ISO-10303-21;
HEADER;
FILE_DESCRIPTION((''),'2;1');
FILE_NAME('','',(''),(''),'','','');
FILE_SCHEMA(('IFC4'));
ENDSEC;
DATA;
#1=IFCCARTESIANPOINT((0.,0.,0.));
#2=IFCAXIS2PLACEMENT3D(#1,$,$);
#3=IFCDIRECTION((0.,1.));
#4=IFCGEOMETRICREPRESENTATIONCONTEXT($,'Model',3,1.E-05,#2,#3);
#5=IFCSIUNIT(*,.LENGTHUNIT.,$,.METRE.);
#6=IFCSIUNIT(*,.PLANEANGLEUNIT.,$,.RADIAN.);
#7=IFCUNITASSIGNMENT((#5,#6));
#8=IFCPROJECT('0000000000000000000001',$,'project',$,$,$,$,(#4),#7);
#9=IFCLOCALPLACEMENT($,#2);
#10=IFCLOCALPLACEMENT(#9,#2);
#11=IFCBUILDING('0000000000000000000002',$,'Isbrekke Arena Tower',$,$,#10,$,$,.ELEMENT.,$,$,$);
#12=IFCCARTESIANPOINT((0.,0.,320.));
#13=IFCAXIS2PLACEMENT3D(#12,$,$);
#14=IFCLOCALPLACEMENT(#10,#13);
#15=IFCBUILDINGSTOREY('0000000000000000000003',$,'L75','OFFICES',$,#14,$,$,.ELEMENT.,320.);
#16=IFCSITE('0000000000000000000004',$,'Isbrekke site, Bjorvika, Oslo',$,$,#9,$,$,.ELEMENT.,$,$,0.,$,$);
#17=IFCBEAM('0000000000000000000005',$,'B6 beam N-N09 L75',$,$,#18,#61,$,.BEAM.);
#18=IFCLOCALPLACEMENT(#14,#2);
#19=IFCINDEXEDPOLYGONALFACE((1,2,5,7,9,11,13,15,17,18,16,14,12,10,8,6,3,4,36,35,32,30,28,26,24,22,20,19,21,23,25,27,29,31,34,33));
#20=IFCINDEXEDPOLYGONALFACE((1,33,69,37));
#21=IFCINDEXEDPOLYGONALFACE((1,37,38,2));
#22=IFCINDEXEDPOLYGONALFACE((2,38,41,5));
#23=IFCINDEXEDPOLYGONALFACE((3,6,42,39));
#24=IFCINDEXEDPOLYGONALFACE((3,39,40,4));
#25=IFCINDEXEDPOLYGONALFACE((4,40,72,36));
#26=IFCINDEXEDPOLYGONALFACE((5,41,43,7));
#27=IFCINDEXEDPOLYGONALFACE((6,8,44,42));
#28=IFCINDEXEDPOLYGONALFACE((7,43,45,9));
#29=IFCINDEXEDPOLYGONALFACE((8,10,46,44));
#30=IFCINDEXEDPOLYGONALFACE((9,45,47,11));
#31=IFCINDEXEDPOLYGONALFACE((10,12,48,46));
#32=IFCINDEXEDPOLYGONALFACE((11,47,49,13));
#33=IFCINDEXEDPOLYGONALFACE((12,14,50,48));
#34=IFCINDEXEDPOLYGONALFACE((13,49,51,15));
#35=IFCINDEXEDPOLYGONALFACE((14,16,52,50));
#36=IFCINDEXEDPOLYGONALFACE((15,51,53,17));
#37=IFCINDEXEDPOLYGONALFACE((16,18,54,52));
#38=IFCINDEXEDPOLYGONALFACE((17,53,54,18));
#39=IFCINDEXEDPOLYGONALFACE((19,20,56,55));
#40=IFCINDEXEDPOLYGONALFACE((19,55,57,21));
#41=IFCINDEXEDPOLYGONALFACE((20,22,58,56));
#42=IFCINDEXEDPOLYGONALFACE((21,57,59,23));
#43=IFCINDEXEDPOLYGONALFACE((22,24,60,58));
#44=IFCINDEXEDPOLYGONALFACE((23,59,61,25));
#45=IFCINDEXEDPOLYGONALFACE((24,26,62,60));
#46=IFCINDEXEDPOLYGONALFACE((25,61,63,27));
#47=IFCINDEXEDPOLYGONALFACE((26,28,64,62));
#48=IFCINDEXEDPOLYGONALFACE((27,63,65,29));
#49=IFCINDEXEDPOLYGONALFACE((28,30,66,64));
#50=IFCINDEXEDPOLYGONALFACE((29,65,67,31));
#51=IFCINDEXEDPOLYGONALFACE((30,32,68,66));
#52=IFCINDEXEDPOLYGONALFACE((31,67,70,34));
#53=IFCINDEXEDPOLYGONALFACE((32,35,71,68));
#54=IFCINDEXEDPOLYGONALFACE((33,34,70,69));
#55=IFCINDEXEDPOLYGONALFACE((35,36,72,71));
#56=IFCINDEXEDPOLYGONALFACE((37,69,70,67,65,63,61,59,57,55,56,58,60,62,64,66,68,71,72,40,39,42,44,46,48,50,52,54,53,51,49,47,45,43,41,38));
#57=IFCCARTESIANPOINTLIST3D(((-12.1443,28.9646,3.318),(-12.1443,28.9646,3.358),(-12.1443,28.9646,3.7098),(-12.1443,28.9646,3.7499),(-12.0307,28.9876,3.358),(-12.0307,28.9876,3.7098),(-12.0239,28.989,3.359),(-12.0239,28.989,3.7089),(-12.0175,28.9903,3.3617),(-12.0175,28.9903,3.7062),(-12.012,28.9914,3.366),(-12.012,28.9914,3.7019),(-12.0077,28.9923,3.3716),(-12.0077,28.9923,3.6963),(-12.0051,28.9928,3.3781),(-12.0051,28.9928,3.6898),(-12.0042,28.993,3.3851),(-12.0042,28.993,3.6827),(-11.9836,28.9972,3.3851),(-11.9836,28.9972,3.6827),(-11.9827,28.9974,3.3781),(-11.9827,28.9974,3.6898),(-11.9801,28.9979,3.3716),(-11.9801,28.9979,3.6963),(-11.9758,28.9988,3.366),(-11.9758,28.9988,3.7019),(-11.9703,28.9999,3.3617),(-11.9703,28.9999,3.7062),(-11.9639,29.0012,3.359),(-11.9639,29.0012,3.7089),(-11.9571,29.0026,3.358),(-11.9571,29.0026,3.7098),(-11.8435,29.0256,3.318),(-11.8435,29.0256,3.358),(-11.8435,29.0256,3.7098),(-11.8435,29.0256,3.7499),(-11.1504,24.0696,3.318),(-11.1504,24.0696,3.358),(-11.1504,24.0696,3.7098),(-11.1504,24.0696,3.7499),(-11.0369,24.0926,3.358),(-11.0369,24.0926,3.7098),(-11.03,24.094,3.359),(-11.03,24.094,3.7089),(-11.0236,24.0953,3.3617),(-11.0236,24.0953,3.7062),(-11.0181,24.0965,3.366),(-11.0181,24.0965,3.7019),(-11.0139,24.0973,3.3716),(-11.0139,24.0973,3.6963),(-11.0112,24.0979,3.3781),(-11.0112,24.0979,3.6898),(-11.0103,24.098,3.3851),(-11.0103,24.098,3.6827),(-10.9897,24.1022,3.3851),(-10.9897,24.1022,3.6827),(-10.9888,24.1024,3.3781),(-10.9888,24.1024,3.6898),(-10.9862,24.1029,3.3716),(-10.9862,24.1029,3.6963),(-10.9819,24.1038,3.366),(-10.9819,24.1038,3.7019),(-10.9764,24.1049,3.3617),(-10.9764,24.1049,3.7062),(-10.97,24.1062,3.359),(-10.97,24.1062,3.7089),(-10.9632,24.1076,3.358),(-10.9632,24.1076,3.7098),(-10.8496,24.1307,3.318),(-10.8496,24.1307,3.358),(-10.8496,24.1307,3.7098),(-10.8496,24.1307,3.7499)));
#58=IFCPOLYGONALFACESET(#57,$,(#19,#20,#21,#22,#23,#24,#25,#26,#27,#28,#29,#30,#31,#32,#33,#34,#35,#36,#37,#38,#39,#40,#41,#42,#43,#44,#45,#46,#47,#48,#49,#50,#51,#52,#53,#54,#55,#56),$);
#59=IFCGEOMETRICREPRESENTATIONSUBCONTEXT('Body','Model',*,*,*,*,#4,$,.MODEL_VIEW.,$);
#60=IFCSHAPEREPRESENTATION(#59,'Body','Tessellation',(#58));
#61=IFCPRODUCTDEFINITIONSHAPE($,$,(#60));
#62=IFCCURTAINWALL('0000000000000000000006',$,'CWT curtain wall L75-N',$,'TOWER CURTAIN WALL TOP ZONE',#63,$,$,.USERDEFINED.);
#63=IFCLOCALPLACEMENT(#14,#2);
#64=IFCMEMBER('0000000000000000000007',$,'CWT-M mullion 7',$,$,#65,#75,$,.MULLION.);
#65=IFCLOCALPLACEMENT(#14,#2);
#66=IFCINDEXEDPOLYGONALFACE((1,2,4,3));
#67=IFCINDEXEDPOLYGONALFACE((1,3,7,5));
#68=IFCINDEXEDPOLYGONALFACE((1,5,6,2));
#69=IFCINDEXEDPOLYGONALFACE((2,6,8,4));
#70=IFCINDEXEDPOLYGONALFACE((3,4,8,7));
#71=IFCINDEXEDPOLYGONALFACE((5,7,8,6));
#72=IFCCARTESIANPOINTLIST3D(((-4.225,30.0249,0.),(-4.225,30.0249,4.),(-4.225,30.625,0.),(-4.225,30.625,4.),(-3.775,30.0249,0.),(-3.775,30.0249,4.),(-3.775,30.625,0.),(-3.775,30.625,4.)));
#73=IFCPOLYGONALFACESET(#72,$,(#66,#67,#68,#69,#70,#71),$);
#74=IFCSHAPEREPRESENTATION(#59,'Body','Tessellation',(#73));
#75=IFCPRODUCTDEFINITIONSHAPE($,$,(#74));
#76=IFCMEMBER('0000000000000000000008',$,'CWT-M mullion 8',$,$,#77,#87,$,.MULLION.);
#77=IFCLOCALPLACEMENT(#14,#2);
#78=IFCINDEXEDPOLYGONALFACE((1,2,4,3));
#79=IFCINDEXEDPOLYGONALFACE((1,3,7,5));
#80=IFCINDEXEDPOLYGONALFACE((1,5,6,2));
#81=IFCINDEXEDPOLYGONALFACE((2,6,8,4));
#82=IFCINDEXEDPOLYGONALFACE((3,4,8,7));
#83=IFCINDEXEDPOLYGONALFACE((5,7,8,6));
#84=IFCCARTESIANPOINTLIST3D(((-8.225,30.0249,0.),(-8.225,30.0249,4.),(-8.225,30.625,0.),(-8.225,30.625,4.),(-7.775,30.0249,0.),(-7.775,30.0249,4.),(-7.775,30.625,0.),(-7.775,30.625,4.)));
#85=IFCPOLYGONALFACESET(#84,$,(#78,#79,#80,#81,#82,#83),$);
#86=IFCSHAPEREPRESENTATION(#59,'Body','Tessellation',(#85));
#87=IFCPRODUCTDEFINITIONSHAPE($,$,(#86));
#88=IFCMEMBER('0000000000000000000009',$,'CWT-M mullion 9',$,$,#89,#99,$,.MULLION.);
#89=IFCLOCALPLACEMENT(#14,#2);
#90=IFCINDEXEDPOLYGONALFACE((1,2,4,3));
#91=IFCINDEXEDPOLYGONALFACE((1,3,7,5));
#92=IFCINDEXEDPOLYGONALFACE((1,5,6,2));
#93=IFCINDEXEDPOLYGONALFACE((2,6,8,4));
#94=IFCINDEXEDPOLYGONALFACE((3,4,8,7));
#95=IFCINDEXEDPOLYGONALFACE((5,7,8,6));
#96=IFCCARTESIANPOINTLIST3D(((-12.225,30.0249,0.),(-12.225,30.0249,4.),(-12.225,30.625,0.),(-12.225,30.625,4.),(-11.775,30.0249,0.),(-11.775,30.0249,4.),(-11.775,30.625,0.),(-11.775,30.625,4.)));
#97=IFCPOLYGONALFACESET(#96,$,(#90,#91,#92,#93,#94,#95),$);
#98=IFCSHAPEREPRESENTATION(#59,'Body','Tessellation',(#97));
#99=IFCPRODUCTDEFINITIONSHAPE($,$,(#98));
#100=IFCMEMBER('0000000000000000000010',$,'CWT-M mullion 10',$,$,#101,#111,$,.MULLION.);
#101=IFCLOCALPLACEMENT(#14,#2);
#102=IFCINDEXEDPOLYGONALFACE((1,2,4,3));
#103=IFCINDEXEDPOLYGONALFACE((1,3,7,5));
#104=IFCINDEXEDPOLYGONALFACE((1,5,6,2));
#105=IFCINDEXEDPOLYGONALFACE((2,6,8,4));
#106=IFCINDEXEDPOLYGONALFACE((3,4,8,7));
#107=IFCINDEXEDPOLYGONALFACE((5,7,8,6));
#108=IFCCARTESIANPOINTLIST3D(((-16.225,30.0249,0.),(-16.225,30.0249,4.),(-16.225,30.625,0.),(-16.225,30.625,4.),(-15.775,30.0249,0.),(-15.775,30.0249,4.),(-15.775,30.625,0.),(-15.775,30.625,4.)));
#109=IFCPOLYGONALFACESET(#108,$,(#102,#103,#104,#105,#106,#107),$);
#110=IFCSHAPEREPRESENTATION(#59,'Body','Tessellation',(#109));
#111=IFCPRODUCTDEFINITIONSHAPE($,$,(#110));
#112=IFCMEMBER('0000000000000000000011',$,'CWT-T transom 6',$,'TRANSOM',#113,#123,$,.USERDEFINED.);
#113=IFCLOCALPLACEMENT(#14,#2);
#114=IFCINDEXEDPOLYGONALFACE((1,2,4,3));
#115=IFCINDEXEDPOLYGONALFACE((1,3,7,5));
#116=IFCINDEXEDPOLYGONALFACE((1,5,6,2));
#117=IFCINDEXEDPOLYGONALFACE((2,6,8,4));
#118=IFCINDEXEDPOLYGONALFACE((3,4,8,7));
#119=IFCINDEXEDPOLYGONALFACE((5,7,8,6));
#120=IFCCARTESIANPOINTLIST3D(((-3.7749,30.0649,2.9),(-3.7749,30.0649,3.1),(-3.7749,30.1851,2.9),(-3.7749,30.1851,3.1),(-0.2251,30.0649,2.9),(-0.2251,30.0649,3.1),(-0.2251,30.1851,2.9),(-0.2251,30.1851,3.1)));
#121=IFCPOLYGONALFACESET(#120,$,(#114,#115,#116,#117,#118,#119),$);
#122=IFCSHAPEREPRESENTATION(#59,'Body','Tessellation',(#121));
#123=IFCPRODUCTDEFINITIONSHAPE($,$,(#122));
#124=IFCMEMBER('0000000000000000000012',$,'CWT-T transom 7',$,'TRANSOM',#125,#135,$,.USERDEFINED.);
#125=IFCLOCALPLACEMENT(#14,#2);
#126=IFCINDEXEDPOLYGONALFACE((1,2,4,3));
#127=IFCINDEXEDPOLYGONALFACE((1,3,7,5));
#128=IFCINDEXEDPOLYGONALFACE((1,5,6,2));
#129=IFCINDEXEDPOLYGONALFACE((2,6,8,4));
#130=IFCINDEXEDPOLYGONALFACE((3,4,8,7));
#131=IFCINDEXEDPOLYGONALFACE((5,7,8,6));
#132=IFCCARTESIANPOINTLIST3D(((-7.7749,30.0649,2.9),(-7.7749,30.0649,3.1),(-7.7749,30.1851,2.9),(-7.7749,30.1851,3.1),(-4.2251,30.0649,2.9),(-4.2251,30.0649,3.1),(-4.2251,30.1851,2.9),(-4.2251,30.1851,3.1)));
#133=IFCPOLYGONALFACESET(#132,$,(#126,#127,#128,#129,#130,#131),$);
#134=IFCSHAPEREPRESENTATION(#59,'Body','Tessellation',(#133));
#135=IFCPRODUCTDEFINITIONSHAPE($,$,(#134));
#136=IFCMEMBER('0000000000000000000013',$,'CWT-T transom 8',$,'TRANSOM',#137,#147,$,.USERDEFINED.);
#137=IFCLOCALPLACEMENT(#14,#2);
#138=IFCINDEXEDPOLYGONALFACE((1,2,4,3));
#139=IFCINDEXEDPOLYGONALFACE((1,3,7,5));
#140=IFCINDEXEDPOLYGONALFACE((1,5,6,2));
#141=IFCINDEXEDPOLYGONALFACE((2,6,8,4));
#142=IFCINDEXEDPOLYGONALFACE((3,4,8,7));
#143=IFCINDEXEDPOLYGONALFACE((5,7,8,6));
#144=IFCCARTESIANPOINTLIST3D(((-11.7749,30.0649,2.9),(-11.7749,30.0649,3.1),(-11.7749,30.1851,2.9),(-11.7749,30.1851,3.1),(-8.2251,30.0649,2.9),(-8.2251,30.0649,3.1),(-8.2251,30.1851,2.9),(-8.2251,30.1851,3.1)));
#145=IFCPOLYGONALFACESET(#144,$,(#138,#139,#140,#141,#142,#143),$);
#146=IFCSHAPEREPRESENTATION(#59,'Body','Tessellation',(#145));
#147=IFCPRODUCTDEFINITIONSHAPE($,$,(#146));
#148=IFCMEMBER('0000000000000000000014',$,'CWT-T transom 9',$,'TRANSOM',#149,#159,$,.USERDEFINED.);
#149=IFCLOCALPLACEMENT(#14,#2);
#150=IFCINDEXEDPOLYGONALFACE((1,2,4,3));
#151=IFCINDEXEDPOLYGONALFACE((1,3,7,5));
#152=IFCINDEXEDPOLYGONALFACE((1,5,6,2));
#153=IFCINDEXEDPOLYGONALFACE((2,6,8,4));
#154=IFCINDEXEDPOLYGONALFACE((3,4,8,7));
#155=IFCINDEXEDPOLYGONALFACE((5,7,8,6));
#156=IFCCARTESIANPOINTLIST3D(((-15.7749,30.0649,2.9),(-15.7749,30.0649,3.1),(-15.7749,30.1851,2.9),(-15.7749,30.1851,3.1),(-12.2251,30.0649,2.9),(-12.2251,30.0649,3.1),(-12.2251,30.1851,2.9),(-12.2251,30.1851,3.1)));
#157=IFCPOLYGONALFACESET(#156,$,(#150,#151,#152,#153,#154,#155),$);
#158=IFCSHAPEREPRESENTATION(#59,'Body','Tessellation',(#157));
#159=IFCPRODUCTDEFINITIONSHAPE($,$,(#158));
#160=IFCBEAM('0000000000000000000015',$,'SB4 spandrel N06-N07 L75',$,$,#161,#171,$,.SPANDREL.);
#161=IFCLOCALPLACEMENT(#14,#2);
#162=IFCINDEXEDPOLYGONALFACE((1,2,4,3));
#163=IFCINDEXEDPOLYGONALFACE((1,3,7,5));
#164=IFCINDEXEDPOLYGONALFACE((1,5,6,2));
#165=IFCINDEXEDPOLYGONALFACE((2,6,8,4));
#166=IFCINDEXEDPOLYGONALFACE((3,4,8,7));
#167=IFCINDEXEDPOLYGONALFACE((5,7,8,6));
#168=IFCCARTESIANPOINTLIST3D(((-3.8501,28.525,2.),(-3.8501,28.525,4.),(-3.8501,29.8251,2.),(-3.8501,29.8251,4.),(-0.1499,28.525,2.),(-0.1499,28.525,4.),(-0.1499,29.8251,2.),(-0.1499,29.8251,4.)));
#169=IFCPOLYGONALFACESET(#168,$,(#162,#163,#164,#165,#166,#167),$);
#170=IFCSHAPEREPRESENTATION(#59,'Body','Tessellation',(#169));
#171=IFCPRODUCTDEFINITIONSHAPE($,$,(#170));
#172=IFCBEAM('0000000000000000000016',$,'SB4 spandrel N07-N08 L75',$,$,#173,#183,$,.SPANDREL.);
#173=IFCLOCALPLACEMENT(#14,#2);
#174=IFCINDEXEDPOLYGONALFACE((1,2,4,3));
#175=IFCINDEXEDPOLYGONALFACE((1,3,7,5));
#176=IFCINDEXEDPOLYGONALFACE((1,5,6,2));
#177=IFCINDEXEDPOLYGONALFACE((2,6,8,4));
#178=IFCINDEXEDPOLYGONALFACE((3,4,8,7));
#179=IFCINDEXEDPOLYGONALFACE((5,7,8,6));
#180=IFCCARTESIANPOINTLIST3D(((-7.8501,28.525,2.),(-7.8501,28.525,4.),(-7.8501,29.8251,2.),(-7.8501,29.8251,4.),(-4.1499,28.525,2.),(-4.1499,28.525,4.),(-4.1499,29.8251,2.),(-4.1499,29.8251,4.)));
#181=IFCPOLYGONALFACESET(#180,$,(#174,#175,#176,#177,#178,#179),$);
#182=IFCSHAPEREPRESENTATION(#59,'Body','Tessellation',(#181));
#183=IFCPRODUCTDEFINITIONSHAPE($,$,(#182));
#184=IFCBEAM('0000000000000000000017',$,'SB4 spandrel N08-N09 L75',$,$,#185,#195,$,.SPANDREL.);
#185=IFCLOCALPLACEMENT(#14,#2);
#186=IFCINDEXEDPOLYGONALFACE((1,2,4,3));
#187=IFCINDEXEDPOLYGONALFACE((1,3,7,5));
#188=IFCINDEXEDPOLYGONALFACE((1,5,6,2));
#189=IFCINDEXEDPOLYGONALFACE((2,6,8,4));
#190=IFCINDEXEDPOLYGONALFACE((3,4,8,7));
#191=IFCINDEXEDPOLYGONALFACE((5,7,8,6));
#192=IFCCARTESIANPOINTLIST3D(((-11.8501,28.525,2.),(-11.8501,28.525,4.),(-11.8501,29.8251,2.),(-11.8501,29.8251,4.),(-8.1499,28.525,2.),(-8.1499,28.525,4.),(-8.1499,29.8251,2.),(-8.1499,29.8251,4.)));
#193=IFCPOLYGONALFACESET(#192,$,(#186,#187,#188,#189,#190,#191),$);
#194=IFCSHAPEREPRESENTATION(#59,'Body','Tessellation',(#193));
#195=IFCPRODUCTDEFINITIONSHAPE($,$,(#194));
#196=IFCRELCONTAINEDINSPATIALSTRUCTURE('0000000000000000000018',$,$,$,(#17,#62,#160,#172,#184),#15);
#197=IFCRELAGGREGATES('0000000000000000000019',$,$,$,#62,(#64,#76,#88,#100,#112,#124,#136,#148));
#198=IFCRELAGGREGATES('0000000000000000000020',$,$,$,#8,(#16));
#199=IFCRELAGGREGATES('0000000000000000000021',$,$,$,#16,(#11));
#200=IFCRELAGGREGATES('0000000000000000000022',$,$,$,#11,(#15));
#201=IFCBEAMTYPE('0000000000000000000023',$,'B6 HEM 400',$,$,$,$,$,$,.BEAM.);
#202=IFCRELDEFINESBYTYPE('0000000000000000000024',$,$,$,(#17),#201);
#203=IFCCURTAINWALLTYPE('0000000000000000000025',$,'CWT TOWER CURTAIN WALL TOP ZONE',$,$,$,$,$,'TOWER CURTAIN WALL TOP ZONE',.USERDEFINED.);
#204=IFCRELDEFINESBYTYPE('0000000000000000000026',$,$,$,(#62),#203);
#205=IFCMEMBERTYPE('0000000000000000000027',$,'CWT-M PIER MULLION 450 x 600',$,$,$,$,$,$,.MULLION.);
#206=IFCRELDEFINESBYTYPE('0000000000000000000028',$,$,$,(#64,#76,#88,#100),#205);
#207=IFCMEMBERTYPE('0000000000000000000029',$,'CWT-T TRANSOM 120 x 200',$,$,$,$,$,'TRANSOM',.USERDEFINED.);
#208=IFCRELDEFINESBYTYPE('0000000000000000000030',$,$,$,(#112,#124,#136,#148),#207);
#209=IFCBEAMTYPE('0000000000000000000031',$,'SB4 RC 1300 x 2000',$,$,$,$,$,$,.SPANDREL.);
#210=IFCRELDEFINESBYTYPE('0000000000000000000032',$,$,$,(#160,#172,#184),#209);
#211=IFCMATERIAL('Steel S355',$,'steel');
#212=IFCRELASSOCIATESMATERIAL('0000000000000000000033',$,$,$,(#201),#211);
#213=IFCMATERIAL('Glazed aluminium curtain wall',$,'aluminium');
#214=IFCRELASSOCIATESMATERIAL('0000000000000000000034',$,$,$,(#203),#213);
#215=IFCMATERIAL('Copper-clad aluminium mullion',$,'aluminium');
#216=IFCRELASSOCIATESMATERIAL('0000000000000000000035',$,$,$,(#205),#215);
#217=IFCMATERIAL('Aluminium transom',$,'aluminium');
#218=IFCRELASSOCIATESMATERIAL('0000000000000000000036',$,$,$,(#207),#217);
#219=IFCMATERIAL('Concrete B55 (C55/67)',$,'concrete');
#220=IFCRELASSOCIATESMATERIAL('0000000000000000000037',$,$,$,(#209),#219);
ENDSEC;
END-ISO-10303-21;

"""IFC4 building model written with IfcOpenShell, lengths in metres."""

from ifc_helpers import new_model, si_unit, direction, frame, origin, origin_2d, place, context, subcontext, project, spatial, rectangle, i_section, extrude, material, material_profile, profile_set, type_object, element, aggregate, save


model = new_model("IFC4")

# Units and contexts
model_context = context("Model", 3, precision=1e-05, world=origin(), true_north=direction((0.0, 1.0)))
body_context = subcontext(model_context, "Body", "Model", "MODEL_VIEW")
ifc_project = project(units=[si_unit("LENGTHUNIT", "METRE"), si_unit("PLANEANGLEUNIT", "RADIAN")], contexts=[model_context])

# Site, building, storey
site_placement = place(None, origin())
site = spatial("IfcSite", under=ifc_project, at=site_placement, Name="Isbrekke site, Bjorvika, Oslo", CompositionType="ELEMENT", RefElevation=0.0)
building_placement = place(site_placement, origin())
building = spatial("IfcBuilding", under=site, at=building_placement, Name="Isbrekke Arena Tower", CompositionType="ELEMENT")
storey_placement = place(building_placement, frame((0.0, 0.0, 320.0)))
storey = spatial("IfcBuildingStorey", under=building, at=storey_placement, Name="L75", Description="OFFICES", CompositionType="ELEMENT", Elevation=320.0)

# Beam
ifc_material_1 = material(Name="Steel S355", Category="steel")
ifc_material_profile_1 = material_profile(ifc_material_1, i_section(OverallWidth=0.3069, OverallDepth=0.4319, WebThickness=0.021, FlangeThickness=0.04, FilletRadius=0.0271, at=origin_2d()), Name="HEM 400")
ifc_profile_set_1 = profile_set([ifc_material_profile_1], Name="Steel S355")
beam_type_1 = type_object("IfcBeamType", Name="B6 HEM 400", PredefinedType="BEAM", material=ifc_profile_set_1)
beam_1_placement = place(storey_placement, frame((-11.9939, 28.9951, 3.5339), z_axis=(0.198982, -0.980003, 0.0), x_axis=(0.980003, 0.198982, 0.0)))
element("IfcBeam", 1, at=beam_1_placement, inside=storey, type_object=beam_type_1, Name="B6 beam N-N09 L75", PredefinedType="BEAM", context=body_context, shape_type="SweptSolid", body=[
    extrude(i_section(OverallWidth=0.3069, OverallDepth=0.4319, WebThickness=0.021, FlangeThickness=0.04, FilletRadius=0.0271, at=origin_2d()), origin(), (0.0, 0.0, 1.0), 4.9949),
])

# Curtain wall, members
ifc_material_2 = material(Name="Glazed aluminium curtain wall", Category="aluminium")
curtain_wall_type = type_object("IfcCurtainWallType", Name="CWT TOWER CURTAIN WALL TOP ZONE", ElementType="TOWER CURTAIN WALL TOP ZONE", PredefinedType="USERDEFINED", material=ifc_material_2)
curtain_wall_placement = place(storey_placement, origin())
curtain_wall = element("IfcCurtainWall", 2, at=curtain_wall_placement, inside=storey, type_object=curtain_wall_type, Name="CWT curtain wall L75-N", ObjectType="TOWER CURTAIN WALL TOP ZONE", PredefinedType="USERDEFINED")
ifc_material_3 = material(Name="Copper-clad aluminium mullion", Category="aluminium")
ifc_material_profile_2 = material_profile(ifc_material_3, rectangle(XDim=0.45, YDim=0.6001, at=origin_2d()), Name="PIER 450X600")
ifc_profile_set_2 = profile_set([ifc_material_profile_2], Name="Copper-clad aluminium mullion")
member_type_1 = type_object("IfcMemberType", Name="CWT-M PIER MULLION 450 x 600", PredefinedType="MULLION", material=ifc_profile_set_2)
member_1_placement = place(storey_placement, frame((-4.0, 30.325, 0.0), z_axis=(0.0, 0.0, 1.0), x_axis=(-1.0, 0.0, 0.0)))
member_1 = element("IfcMember", 3, at=member_1_placement, type_object=member_type_1, Name="CWT-M mullion 7", PredefinedType="MULLION", context=body_context, shape_type="SweptSolid", body=[
    extrude(rectangle(XDim=0.45, YDim=0.6001, at=origin_2d()), origin(), (0.0, 0.0, 1.0), 4.0),
])
member_2_placement = place(storey_placement, frame((-8.0, 30.325, 0.0), z_axis=(0.0, 0.0, 1.0), x_axis=(-1.0, 0.0, 0.0)))
member_2 = element("IfcMember", 4, at=member_2_placement, type_object=member_type_1, Name="CWT-M mullion 8", PredefinedType="MULLION", context=body_context, shape_type="SweptSolid", body=[
    extrude(rectangle(XDim=0.45, YDim=0.6001, at=origin_2d()), origin(), (0.0, 0.0, 1.0), 4.0),
])
member_3_placement = place(storey_placement, frame((-12.0, 30.325, 0.0), z_axis=(0.0, 0.0, 1.0), x_axis=(-1.0, 0.0, 0.0)))
member_3 = element("IfcMember", 5, at=member_3_placement, type_object=member_type_1, Name="CWT-M mullion 9", PredefinedType="MULLION", context=body_context, shape_type="SweptSolid", body=[
    extrude(rectangle(XDim=0.45, YDim=0.6001, at=origin_2d()), origin(), (0.0, 0.0, 1.0), 4.0),
])
member_4_placement = place(storey_placement, frame((-16.0, 30.325, 0.0), z_axis=(0.0, 0.0, 1.0), x_axis=(-1.0, 0.0, 0.0)))
member_4 = element("IfcMember", 6, at=member_4_placement, type_object=member_type_1, Name="CWT-M mullion 10", PredefinedType="MULLION", context=body_context, shape_type="SweptSolid", body=[
    extrude(rectangle(XDim=0.45, YDim=0.6001, at=origin_2d()), origin(), (0.0, 0.0, 1.0), 4.0),
])
ifc_material_4 = material(Name="Aluminium transom", Category="aluminium")
ifc_material_profile_3 = material_profile(ifc_material_4, rectangle(XDim=0.1201, YDim=0.2, at=origin_2d()), Name="TRANSOM 120X200")
ifc_profile_set_3 = profile_set([ifc_material_profile_3], Name="Aluminium transom")
member_type_2 = type_object("IfcMemberType", Name="CWT-T TRANSOM 120 x 200", ElementType="TRANSOM", PredefinedType="USERDEFINED", material=ifc_profile_set_3)
member_5_placement = place(storey_placement, frame((-0.2251, 30.125, 3.0), z_axis=(-1.0, 0.0, 0.0), x_axis=(0.0, -1.0, 0.0)))
member_5 = element("IfcMember", 7, at=member_5_placement, type_object=member_type_2, Name="CWT-T transom 6", ObjectType="TRANSOM", PredefinedType="USERDEFINED", context=body_context, shape_type="SweptSolid", body=[
    extrude(rectangle(XDim=0.1201, YDim=0.2, at=origin_2d()), origin(), (0.0, 0.0, 1.0), 3.5498),
])
member_6_placement = place(storey_placement, frame((-4.2251, 30.125, 3.0), z_axis=(-1.0, 0.0, 0.0), x_axis=(0.0, -1.0, 0.0)))
member_6 = element("IfcMember", 8, at=member_6_placement, type_object=member_type_2, Name="CWT-T transom 7", ObjectType="TRANSOM", PredefinedType="USERDEFINED", context=body_context, shape_type="SweptSolid", body=[
    extrude(rectangle(XDim=0.1201, YDim=0.2, at=origin_2d()), origin(), (0.0, 0.0, 1.0), 3.5498),
])
member_7_placement = place(storey_placement, frame((-8.2251, 30.125, 3.0), z_axis=(-1.0, 0.0, 0.0), x_axis=(0.0, -1.0, 0.0)))
member_7 = element("IfcMember", 9, at=member_7_placement, type_object=member_type_2, Name="CWT-T transom 8", ObjectType="TRANSOM", PredefinedType="USERDEFINED", context=body_context, shape_type="SweptSolid", body=[
    extrude(rectangle(XDim=0.1201, YDim=0.2, at=origin_2d()), origin(), (0.0, 0.0, 1.0), 3.5498),
])
member_8_placement = place(storey_placement, frame((-12.2251, 30.125, 3.0), z_axis=(-1.0, 0.0, 0.0), x_axis=(0.0, -1.0, 0.0)))
member_8 = element("IfcMember", 10, at=member_8_placement, type_object=member_type_2, Name="CWT-T transom 9", ObjectType="TRANSOM", PredefinedType="USERDEFINED", context=body_context, shape_type="SweptSolid", body=[
    extrude(rectangle(XDim=0.1201, YDim=0.2, at=origin_2d()), origin(), (0.0, 0.0, 1.0), 3.5498),
])

# Beams
ifc_material_5 = material(Name="Concrete B55 (C55/67)", Category="concrete")
ifc_material_profile_4 = material_profile(ifc_material_5, rectangle(XDim=1.3, YDim=2.0, at=origin_2d()), Name="RC 1300x2000")
ifc_profile_set_4 = profile_set([ifc_material_profile_4], Name="Concrete B55 (C55/67)")
beam_type_2 = type_object("IfcBeamType", Name="SB4 RC 1300 x 2000", PredefinedType="SPANDREL", material=ifc_profile_set_4)
for number, where, z_axis, x_axis, name in (
    (11, (-0.1499, 29.175, 3.0), (-1.0, 0.0, 0.0), (0.0, -1.0, 0.0), "SB4 spandrel N06-N07 L75"),
    (12, (-4.1499, 29.175, 3.0), (-1.0, 0.0, 0.0), (0.0, -1.0, 0.0), "SB4 spandrel N07-N08 L75"),
    (13, (-8.1499, 29.175, 3.0), (-1.0, 0.0, 0.0), (0.0, -1.0, 0.0), "SB4 spandrel N08-N09 L75"),
):
    element("IfcBeam", number, at=place(storey_placement, frame(where, z_axis=z_axis, x_axis=x_axis)), inside=storey, type_object=beam_type_2, Name=name, PredefinedType="SPANDREL", context=body_context, shape_type="SweptSolid", body=[
        extrude(rectangle(XDim=1.3, YDim=2.0, at=origin_2d()), origin(), (0.0, 0.0, 1.0), 3.7002),
    ])

aggregate(curtain_wall, [member_1, member_2, member_3, member_4, member_5, member_6, member_7, member_8])

save(model, "model.ifc")
